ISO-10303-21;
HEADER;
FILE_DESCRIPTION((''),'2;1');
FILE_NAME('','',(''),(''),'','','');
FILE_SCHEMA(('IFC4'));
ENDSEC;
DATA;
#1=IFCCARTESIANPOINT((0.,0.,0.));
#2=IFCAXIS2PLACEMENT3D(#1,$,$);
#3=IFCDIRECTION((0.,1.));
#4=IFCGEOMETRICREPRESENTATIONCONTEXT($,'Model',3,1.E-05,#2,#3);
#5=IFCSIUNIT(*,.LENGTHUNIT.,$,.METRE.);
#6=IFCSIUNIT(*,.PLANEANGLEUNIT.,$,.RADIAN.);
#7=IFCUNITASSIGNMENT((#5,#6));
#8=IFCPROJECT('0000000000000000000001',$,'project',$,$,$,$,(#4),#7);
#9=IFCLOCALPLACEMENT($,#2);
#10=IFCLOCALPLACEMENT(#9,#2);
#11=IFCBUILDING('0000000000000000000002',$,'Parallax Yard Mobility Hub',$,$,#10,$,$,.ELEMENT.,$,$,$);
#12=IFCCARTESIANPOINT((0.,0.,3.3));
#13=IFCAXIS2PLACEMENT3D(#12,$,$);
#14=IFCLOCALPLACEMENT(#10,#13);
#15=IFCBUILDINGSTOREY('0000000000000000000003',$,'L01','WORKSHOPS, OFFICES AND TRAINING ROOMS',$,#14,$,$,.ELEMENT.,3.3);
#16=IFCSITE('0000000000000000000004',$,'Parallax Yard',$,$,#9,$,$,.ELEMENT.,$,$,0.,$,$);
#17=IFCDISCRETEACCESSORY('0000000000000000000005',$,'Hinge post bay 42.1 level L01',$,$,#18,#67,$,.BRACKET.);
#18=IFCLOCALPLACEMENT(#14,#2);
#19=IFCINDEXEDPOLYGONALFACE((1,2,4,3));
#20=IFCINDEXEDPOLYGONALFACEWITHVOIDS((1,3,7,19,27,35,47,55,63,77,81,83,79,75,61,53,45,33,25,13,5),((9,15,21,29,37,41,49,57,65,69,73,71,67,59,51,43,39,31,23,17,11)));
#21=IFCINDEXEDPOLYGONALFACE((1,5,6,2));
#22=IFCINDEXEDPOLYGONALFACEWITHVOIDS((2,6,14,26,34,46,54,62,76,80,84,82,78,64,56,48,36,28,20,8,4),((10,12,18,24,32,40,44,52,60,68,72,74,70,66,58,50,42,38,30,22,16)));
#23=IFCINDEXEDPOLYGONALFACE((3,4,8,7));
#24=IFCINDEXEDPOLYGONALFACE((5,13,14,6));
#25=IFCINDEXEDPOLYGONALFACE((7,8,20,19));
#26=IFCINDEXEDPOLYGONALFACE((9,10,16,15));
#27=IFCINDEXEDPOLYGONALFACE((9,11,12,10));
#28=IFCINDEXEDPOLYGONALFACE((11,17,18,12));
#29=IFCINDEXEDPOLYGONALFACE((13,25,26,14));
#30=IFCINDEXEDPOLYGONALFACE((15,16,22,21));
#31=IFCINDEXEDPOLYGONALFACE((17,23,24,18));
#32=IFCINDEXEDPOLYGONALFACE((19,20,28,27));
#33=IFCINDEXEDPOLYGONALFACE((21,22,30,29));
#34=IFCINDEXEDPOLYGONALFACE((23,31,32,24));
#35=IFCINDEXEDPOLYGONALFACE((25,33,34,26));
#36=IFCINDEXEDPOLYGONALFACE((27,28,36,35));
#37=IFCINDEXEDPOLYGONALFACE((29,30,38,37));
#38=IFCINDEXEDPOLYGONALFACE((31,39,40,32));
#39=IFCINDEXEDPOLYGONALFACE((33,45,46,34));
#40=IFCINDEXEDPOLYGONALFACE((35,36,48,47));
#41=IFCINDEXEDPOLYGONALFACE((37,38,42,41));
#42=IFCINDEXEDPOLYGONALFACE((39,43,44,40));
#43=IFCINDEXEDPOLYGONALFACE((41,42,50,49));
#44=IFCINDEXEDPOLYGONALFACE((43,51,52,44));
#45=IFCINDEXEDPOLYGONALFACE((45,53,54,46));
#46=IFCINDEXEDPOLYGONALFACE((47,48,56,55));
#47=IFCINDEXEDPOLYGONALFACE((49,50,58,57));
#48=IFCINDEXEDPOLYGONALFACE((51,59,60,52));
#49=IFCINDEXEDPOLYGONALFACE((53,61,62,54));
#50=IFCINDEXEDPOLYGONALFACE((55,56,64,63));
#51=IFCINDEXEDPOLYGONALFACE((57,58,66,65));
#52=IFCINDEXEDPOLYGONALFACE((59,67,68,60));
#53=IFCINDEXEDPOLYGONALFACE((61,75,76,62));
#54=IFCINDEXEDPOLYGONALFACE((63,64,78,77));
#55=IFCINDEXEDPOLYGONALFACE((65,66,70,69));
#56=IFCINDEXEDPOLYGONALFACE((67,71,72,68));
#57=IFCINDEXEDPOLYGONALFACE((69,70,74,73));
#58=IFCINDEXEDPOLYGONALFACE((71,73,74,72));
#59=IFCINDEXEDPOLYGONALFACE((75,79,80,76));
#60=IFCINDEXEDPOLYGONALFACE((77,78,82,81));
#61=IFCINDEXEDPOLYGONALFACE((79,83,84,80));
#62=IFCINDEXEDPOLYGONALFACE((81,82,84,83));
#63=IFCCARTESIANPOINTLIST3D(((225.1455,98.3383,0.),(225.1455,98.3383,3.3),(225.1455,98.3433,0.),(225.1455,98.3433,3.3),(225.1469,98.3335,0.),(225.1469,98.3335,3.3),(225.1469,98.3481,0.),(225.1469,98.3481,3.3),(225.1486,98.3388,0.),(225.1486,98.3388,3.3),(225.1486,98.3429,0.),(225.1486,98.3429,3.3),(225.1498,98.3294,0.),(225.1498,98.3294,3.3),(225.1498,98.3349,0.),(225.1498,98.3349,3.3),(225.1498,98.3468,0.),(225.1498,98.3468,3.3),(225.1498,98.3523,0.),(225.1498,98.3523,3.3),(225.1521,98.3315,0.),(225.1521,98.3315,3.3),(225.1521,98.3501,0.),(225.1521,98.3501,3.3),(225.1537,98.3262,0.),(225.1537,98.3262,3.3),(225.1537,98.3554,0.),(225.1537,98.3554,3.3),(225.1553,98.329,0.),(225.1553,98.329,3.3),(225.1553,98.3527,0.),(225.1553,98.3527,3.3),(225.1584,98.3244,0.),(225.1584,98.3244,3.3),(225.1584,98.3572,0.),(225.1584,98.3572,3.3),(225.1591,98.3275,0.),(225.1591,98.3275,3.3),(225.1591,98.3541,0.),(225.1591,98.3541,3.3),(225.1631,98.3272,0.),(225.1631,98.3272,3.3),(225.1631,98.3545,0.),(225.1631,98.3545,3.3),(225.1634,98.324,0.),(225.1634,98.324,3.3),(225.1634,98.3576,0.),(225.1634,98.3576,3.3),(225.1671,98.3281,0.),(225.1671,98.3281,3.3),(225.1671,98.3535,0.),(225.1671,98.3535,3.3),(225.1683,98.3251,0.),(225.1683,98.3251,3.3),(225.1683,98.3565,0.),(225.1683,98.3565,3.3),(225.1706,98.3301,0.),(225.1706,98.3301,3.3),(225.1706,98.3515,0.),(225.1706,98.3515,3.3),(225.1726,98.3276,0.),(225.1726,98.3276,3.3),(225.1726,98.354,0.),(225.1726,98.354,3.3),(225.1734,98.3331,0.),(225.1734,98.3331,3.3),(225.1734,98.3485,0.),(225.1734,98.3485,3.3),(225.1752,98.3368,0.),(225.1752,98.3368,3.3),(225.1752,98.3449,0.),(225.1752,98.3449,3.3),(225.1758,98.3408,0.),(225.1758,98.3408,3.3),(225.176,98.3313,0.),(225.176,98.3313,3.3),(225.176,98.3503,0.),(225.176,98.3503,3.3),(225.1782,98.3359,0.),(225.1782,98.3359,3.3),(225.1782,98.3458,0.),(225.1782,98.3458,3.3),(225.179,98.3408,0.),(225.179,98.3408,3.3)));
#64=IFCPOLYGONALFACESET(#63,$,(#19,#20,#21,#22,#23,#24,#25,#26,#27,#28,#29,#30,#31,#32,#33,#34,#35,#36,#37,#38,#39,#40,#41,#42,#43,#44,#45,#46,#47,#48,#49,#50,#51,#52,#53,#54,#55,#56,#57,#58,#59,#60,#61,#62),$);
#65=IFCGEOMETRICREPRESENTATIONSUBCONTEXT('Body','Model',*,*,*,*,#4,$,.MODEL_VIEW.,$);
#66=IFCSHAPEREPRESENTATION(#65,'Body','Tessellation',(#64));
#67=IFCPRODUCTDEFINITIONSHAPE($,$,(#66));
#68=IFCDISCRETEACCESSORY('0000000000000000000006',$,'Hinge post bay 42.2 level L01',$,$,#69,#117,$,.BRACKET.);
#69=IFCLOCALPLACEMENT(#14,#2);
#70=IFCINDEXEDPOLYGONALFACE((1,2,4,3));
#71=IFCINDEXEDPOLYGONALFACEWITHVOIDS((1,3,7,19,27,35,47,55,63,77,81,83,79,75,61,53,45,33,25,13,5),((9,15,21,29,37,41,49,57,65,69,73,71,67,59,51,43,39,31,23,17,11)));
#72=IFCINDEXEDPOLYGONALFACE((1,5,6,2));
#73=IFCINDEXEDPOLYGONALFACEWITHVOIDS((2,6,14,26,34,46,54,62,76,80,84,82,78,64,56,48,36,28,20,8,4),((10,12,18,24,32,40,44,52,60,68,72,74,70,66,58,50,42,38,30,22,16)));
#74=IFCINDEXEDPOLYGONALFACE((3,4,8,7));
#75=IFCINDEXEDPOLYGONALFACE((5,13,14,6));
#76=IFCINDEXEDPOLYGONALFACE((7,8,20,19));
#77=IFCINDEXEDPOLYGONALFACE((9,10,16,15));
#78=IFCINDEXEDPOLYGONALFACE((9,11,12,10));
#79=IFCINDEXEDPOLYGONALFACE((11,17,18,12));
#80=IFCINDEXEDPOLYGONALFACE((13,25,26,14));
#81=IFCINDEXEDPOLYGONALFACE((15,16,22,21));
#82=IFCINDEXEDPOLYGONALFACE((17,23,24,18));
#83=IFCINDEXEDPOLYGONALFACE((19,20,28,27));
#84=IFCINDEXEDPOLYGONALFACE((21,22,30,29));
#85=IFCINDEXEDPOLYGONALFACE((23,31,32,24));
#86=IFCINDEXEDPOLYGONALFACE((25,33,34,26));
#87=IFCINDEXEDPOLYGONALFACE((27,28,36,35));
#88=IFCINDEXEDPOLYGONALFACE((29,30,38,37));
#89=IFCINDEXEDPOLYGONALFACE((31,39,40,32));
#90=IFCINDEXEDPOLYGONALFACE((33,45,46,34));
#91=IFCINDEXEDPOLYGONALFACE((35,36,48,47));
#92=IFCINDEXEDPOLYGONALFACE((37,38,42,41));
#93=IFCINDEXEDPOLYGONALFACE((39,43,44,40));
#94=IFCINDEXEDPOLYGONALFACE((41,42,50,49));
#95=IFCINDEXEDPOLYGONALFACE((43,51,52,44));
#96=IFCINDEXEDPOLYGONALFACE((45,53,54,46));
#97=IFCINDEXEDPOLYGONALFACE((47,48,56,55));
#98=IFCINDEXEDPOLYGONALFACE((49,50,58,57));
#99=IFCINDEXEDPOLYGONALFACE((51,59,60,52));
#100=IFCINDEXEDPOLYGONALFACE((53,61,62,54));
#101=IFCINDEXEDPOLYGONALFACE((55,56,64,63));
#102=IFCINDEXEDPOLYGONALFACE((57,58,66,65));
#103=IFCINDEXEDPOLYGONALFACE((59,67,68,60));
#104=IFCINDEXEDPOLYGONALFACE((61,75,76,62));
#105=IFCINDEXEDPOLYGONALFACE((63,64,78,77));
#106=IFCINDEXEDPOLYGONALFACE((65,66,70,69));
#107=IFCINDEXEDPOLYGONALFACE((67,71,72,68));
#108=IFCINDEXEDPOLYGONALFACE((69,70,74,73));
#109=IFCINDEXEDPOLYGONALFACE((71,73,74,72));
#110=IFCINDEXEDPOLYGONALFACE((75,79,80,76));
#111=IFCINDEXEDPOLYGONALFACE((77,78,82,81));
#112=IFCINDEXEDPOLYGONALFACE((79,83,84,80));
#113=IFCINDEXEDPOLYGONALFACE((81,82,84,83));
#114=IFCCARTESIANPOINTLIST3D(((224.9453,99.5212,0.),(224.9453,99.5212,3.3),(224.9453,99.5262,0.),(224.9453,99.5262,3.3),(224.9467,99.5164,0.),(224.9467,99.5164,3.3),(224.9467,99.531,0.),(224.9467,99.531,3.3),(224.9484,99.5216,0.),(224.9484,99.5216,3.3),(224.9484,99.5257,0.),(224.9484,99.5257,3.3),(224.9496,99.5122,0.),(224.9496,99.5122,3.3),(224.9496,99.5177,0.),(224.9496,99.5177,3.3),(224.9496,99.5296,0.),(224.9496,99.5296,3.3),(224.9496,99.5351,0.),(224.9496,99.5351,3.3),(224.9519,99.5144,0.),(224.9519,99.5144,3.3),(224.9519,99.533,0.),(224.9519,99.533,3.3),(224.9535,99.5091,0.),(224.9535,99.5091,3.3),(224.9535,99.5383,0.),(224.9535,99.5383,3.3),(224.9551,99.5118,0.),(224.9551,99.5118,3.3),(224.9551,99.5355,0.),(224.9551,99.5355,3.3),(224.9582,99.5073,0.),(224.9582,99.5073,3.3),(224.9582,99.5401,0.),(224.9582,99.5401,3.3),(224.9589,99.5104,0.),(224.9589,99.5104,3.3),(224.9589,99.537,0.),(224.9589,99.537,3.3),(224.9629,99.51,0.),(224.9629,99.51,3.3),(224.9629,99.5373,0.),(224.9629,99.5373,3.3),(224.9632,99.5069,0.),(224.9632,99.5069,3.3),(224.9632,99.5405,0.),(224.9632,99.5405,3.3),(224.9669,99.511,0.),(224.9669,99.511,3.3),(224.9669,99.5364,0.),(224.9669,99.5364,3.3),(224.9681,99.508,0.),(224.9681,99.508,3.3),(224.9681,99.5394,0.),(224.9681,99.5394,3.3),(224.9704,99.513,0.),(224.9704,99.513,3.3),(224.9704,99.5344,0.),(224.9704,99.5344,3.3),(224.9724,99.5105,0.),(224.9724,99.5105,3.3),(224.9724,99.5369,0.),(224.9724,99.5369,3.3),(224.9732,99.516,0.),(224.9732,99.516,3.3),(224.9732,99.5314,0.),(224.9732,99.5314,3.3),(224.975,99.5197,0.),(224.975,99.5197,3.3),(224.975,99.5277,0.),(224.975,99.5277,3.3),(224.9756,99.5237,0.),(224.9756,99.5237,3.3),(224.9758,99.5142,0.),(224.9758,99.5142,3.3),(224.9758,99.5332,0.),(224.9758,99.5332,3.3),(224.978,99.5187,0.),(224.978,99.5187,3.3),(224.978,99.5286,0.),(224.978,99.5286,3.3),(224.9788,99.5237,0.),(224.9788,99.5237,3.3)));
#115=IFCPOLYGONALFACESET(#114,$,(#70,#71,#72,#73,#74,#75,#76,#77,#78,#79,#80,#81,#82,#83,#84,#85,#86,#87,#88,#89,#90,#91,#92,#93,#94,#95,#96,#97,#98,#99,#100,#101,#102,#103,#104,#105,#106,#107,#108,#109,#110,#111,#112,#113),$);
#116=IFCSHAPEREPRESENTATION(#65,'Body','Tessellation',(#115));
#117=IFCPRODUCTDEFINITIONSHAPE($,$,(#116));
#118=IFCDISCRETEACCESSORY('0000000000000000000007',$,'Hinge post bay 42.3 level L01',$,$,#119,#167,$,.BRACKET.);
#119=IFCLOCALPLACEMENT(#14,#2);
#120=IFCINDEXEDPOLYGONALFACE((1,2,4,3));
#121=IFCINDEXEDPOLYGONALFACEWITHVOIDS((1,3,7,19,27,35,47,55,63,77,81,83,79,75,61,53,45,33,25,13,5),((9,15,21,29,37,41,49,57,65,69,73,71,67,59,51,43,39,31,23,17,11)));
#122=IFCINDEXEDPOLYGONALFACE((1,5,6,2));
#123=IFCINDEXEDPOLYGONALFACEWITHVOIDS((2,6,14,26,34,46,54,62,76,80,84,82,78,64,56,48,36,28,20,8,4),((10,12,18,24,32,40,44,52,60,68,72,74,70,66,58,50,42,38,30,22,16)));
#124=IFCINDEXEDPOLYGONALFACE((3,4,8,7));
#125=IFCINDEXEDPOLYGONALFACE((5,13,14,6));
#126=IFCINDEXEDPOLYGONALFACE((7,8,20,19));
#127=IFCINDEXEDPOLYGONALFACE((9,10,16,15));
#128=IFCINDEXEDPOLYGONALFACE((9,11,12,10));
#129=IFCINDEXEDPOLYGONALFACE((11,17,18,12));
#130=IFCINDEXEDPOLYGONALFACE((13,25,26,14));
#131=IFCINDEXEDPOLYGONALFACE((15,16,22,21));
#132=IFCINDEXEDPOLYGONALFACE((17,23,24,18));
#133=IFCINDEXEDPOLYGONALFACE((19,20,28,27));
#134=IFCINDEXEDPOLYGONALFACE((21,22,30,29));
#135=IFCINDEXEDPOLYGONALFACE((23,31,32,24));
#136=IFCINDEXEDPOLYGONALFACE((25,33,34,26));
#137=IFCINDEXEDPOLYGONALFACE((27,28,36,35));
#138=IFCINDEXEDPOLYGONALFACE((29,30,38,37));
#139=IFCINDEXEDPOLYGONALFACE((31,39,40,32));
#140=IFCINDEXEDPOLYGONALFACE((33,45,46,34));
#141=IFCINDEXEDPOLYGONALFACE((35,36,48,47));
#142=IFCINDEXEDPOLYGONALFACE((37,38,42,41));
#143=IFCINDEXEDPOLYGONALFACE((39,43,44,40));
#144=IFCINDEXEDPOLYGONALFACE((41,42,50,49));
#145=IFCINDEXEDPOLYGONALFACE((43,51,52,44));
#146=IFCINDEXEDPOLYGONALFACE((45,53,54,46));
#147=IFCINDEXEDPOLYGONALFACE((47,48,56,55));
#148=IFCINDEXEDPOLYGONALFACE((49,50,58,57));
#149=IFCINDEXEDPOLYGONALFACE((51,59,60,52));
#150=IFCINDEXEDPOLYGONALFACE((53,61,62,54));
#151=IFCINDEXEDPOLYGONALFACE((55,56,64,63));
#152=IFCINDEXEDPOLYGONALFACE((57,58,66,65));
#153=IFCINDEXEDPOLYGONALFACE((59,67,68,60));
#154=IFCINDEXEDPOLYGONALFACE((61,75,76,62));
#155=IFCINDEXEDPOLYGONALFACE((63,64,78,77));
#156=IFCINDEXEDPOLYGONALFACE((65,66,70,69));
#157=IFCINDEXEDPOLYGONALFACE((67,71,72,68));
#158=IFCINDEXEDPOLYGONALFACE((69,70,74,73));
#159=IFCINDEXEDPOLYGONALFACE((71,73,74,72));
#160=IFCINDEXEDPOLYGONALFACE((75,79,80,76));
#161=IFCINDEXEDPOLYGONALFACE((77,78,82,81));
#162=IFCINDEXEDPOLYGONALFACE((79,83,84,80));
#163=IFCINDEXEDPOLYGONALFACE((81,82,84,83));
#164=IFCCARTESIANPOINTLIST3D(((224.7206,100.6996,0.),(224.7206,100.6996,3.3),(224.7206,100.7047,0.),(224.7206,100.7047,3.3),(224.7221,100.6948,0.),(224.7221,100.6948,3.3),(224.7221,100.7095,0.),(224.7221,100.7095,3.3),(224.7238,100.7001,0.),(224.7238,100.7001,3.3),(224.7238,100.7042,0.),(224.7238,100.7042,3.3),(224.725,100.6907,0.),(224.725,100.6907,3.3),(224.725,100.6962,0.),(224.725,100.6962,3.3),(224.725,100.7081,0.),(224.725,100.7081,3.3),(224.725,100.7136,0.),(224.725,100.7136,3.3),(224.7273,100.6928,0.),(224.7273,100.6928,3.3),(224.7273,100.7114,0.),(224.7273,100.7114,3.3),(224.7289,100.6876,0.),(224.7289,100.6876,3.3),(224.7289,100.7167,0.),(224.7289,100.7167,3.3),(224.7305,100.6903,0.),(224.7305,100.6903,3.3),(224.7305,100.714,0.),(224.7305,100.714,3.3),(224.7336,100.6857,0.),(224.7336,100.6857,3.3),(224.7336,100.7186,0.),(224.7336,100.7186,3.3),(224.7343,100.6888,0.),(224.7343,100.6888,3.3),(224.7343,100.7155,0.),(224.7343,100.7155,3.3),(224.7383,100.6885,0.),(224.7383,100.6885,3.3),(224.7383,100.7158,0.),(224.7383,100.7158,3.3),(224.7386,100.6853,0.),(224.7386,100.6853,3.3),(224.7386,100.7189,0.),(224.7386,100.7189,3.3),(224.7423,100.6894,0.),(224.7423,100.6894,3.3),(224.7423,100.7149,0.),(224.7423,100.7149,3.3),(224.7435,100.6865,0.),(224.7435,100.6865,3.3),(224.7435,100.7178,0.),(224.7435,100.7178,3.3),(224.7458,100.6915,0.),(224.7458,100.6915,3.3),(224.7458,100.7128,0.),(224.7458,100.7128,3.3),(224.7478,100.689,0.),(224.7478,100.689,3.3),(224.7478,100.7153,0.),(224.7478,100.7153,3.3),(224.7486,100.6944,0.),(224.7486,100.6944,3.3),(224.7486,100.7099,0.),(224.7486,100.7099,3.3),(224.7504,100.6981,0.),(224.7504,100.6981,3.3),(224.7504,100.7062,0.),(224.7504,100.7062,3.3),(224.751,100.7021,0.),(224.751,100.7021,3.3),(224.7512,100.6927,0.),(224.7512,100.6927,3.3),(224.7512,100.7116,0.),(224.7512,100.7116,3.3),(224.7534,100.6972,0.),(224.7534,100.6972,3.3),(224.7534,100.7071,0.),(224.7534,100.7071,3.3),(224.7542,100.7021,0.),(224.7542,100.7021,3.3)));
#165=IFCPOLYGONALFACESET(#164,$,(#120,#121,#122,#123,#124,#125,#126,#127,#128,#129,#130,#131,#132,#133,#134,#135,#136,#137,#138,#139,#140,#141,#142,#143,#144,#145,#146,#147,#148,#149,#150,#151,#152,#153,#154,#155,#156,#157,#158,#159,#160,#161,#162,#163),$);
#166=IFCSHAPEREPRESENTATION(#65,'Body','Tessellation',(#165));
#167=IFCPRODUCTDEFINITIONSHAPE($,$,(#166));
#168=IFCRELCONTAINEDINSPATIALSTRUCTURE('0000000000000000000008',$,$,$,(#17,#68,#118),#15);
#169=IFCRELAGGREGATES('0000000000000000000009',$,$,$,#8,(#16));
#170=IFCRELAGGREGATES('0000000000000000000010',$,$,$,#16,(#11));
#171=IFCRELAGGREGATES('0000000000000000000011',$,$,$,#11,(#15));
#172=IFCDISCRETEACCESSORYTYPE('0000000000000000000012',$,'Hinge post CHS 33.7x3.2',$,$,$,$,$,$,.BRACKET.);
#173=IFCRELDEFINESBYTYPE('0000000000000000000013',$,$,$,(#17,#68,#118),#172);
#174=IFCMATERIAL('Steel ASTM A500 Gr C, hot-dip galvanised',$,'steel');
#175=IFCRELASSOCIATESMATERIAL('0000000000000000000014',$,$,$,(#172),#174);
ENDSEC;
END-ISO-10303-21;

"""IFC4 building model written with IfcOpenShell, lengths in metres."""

from ifc_helpers import new_model, si_unit, direction, frame, origin, origin_2d, place, context, subcontext, project, spatial, hollow_circle, extrude, material, material_profile, profile_set, type_object, element, save


model = new_model("IFC4")

# Units and contexts
model_context = context("Model", 3, precision=1e-05, world=origin(), true_north=direction((0.0, 1.0)))
body_context = subcontext(model_context, "Body", "Model", "MODEL_VIEW")
ifc_project = project(units=[si_unit("LENGTHUNIT", "METRE"), si_unit("PLANEANGLEUNIT", "RADIAN")], contexts=[model_context])

# Site, building, storey
site_placement = place(None, origin())
site = spatial("IfcSite", under=ifc_project, at=site_placement, Name="Parallax Yard", CompositionType="ELEMENT", RefElevation=0.0)
building_placement = place(site_placement, origin())
building = spatial("IfcBuilding", under=site, at=building_placement, Name="Parallax Yard Mobility Hub", CompositionType="ELEMENT")
storey_placement = place(building_placement, frame((0.0, 0.0, 3.3)))
storey = spatial("IfcBuildingStorey", under=building, at=storey_placement, Name="L01", Description="WORKSHOPS, OFFICES AND TRAINING ROOMS", CompositionType="ELEMENT", Elevation=3.3)

# Discrete accessories
ifc_material_1 = material(Name="Steel ASTM A500 Gr C, hot-dip galvanised", Category="steel")
ifc_material_profile = material_profile(ifc_material_1, hollow_circle(Radius=0.0168, WallThickness=0.0032, at=origin_2d()), Name="CHS 33.7x3.2")
ifc_profile_set = profile_set([ifc_material_profile], Name="Steel ASTM A500 Gr C, hot-dip galvanised")
discrete_accessory_type_1 = type_object("IfcDiscreteAccessoryType", Name="Hinge post CHS 33.7x3.2", PredefinedType="BRACKET", material=ifc_profile_set)
for number, where, z_axis, x_axis, name in (
    (1, (225.1621, 98.3408, 0.0), (0.0, 0.0, 1.0), (1.0, 0.0, 0.0), "Hinge post bay 42.1 level L01"),
    (2, (224.9619, 99.5237, 0.0), (0.0, 0.0, 1.0), (1.0, 0.0, 0.0), "Hinge post bay 42.2 level L01"),
    (3, (224.7373, 100.7021, 0.0), (0.0, 0.0, 1.0), (1.0, 0.0, 0.0), "Hinge post bay 42.3 level L01"),
):
    element("IfcDiscreteAccessory", number, at=place(storey_placement, frame(where, z_axis=z_axis, x_axis=x_axis)), inside=storey, type_object=discrete_accessory_type_1, Name=name, PredefinedType="BRACKET", context=body_context, shape_type="SweptSolid", body=[
        extrude(hollow_circle(Radius=0.0168, WallThickness=0.0032, at=origin_2d()), origin(), (0.0, 0.0, 1.0), 3.3),
    ])

save(model, "model.ifc")
